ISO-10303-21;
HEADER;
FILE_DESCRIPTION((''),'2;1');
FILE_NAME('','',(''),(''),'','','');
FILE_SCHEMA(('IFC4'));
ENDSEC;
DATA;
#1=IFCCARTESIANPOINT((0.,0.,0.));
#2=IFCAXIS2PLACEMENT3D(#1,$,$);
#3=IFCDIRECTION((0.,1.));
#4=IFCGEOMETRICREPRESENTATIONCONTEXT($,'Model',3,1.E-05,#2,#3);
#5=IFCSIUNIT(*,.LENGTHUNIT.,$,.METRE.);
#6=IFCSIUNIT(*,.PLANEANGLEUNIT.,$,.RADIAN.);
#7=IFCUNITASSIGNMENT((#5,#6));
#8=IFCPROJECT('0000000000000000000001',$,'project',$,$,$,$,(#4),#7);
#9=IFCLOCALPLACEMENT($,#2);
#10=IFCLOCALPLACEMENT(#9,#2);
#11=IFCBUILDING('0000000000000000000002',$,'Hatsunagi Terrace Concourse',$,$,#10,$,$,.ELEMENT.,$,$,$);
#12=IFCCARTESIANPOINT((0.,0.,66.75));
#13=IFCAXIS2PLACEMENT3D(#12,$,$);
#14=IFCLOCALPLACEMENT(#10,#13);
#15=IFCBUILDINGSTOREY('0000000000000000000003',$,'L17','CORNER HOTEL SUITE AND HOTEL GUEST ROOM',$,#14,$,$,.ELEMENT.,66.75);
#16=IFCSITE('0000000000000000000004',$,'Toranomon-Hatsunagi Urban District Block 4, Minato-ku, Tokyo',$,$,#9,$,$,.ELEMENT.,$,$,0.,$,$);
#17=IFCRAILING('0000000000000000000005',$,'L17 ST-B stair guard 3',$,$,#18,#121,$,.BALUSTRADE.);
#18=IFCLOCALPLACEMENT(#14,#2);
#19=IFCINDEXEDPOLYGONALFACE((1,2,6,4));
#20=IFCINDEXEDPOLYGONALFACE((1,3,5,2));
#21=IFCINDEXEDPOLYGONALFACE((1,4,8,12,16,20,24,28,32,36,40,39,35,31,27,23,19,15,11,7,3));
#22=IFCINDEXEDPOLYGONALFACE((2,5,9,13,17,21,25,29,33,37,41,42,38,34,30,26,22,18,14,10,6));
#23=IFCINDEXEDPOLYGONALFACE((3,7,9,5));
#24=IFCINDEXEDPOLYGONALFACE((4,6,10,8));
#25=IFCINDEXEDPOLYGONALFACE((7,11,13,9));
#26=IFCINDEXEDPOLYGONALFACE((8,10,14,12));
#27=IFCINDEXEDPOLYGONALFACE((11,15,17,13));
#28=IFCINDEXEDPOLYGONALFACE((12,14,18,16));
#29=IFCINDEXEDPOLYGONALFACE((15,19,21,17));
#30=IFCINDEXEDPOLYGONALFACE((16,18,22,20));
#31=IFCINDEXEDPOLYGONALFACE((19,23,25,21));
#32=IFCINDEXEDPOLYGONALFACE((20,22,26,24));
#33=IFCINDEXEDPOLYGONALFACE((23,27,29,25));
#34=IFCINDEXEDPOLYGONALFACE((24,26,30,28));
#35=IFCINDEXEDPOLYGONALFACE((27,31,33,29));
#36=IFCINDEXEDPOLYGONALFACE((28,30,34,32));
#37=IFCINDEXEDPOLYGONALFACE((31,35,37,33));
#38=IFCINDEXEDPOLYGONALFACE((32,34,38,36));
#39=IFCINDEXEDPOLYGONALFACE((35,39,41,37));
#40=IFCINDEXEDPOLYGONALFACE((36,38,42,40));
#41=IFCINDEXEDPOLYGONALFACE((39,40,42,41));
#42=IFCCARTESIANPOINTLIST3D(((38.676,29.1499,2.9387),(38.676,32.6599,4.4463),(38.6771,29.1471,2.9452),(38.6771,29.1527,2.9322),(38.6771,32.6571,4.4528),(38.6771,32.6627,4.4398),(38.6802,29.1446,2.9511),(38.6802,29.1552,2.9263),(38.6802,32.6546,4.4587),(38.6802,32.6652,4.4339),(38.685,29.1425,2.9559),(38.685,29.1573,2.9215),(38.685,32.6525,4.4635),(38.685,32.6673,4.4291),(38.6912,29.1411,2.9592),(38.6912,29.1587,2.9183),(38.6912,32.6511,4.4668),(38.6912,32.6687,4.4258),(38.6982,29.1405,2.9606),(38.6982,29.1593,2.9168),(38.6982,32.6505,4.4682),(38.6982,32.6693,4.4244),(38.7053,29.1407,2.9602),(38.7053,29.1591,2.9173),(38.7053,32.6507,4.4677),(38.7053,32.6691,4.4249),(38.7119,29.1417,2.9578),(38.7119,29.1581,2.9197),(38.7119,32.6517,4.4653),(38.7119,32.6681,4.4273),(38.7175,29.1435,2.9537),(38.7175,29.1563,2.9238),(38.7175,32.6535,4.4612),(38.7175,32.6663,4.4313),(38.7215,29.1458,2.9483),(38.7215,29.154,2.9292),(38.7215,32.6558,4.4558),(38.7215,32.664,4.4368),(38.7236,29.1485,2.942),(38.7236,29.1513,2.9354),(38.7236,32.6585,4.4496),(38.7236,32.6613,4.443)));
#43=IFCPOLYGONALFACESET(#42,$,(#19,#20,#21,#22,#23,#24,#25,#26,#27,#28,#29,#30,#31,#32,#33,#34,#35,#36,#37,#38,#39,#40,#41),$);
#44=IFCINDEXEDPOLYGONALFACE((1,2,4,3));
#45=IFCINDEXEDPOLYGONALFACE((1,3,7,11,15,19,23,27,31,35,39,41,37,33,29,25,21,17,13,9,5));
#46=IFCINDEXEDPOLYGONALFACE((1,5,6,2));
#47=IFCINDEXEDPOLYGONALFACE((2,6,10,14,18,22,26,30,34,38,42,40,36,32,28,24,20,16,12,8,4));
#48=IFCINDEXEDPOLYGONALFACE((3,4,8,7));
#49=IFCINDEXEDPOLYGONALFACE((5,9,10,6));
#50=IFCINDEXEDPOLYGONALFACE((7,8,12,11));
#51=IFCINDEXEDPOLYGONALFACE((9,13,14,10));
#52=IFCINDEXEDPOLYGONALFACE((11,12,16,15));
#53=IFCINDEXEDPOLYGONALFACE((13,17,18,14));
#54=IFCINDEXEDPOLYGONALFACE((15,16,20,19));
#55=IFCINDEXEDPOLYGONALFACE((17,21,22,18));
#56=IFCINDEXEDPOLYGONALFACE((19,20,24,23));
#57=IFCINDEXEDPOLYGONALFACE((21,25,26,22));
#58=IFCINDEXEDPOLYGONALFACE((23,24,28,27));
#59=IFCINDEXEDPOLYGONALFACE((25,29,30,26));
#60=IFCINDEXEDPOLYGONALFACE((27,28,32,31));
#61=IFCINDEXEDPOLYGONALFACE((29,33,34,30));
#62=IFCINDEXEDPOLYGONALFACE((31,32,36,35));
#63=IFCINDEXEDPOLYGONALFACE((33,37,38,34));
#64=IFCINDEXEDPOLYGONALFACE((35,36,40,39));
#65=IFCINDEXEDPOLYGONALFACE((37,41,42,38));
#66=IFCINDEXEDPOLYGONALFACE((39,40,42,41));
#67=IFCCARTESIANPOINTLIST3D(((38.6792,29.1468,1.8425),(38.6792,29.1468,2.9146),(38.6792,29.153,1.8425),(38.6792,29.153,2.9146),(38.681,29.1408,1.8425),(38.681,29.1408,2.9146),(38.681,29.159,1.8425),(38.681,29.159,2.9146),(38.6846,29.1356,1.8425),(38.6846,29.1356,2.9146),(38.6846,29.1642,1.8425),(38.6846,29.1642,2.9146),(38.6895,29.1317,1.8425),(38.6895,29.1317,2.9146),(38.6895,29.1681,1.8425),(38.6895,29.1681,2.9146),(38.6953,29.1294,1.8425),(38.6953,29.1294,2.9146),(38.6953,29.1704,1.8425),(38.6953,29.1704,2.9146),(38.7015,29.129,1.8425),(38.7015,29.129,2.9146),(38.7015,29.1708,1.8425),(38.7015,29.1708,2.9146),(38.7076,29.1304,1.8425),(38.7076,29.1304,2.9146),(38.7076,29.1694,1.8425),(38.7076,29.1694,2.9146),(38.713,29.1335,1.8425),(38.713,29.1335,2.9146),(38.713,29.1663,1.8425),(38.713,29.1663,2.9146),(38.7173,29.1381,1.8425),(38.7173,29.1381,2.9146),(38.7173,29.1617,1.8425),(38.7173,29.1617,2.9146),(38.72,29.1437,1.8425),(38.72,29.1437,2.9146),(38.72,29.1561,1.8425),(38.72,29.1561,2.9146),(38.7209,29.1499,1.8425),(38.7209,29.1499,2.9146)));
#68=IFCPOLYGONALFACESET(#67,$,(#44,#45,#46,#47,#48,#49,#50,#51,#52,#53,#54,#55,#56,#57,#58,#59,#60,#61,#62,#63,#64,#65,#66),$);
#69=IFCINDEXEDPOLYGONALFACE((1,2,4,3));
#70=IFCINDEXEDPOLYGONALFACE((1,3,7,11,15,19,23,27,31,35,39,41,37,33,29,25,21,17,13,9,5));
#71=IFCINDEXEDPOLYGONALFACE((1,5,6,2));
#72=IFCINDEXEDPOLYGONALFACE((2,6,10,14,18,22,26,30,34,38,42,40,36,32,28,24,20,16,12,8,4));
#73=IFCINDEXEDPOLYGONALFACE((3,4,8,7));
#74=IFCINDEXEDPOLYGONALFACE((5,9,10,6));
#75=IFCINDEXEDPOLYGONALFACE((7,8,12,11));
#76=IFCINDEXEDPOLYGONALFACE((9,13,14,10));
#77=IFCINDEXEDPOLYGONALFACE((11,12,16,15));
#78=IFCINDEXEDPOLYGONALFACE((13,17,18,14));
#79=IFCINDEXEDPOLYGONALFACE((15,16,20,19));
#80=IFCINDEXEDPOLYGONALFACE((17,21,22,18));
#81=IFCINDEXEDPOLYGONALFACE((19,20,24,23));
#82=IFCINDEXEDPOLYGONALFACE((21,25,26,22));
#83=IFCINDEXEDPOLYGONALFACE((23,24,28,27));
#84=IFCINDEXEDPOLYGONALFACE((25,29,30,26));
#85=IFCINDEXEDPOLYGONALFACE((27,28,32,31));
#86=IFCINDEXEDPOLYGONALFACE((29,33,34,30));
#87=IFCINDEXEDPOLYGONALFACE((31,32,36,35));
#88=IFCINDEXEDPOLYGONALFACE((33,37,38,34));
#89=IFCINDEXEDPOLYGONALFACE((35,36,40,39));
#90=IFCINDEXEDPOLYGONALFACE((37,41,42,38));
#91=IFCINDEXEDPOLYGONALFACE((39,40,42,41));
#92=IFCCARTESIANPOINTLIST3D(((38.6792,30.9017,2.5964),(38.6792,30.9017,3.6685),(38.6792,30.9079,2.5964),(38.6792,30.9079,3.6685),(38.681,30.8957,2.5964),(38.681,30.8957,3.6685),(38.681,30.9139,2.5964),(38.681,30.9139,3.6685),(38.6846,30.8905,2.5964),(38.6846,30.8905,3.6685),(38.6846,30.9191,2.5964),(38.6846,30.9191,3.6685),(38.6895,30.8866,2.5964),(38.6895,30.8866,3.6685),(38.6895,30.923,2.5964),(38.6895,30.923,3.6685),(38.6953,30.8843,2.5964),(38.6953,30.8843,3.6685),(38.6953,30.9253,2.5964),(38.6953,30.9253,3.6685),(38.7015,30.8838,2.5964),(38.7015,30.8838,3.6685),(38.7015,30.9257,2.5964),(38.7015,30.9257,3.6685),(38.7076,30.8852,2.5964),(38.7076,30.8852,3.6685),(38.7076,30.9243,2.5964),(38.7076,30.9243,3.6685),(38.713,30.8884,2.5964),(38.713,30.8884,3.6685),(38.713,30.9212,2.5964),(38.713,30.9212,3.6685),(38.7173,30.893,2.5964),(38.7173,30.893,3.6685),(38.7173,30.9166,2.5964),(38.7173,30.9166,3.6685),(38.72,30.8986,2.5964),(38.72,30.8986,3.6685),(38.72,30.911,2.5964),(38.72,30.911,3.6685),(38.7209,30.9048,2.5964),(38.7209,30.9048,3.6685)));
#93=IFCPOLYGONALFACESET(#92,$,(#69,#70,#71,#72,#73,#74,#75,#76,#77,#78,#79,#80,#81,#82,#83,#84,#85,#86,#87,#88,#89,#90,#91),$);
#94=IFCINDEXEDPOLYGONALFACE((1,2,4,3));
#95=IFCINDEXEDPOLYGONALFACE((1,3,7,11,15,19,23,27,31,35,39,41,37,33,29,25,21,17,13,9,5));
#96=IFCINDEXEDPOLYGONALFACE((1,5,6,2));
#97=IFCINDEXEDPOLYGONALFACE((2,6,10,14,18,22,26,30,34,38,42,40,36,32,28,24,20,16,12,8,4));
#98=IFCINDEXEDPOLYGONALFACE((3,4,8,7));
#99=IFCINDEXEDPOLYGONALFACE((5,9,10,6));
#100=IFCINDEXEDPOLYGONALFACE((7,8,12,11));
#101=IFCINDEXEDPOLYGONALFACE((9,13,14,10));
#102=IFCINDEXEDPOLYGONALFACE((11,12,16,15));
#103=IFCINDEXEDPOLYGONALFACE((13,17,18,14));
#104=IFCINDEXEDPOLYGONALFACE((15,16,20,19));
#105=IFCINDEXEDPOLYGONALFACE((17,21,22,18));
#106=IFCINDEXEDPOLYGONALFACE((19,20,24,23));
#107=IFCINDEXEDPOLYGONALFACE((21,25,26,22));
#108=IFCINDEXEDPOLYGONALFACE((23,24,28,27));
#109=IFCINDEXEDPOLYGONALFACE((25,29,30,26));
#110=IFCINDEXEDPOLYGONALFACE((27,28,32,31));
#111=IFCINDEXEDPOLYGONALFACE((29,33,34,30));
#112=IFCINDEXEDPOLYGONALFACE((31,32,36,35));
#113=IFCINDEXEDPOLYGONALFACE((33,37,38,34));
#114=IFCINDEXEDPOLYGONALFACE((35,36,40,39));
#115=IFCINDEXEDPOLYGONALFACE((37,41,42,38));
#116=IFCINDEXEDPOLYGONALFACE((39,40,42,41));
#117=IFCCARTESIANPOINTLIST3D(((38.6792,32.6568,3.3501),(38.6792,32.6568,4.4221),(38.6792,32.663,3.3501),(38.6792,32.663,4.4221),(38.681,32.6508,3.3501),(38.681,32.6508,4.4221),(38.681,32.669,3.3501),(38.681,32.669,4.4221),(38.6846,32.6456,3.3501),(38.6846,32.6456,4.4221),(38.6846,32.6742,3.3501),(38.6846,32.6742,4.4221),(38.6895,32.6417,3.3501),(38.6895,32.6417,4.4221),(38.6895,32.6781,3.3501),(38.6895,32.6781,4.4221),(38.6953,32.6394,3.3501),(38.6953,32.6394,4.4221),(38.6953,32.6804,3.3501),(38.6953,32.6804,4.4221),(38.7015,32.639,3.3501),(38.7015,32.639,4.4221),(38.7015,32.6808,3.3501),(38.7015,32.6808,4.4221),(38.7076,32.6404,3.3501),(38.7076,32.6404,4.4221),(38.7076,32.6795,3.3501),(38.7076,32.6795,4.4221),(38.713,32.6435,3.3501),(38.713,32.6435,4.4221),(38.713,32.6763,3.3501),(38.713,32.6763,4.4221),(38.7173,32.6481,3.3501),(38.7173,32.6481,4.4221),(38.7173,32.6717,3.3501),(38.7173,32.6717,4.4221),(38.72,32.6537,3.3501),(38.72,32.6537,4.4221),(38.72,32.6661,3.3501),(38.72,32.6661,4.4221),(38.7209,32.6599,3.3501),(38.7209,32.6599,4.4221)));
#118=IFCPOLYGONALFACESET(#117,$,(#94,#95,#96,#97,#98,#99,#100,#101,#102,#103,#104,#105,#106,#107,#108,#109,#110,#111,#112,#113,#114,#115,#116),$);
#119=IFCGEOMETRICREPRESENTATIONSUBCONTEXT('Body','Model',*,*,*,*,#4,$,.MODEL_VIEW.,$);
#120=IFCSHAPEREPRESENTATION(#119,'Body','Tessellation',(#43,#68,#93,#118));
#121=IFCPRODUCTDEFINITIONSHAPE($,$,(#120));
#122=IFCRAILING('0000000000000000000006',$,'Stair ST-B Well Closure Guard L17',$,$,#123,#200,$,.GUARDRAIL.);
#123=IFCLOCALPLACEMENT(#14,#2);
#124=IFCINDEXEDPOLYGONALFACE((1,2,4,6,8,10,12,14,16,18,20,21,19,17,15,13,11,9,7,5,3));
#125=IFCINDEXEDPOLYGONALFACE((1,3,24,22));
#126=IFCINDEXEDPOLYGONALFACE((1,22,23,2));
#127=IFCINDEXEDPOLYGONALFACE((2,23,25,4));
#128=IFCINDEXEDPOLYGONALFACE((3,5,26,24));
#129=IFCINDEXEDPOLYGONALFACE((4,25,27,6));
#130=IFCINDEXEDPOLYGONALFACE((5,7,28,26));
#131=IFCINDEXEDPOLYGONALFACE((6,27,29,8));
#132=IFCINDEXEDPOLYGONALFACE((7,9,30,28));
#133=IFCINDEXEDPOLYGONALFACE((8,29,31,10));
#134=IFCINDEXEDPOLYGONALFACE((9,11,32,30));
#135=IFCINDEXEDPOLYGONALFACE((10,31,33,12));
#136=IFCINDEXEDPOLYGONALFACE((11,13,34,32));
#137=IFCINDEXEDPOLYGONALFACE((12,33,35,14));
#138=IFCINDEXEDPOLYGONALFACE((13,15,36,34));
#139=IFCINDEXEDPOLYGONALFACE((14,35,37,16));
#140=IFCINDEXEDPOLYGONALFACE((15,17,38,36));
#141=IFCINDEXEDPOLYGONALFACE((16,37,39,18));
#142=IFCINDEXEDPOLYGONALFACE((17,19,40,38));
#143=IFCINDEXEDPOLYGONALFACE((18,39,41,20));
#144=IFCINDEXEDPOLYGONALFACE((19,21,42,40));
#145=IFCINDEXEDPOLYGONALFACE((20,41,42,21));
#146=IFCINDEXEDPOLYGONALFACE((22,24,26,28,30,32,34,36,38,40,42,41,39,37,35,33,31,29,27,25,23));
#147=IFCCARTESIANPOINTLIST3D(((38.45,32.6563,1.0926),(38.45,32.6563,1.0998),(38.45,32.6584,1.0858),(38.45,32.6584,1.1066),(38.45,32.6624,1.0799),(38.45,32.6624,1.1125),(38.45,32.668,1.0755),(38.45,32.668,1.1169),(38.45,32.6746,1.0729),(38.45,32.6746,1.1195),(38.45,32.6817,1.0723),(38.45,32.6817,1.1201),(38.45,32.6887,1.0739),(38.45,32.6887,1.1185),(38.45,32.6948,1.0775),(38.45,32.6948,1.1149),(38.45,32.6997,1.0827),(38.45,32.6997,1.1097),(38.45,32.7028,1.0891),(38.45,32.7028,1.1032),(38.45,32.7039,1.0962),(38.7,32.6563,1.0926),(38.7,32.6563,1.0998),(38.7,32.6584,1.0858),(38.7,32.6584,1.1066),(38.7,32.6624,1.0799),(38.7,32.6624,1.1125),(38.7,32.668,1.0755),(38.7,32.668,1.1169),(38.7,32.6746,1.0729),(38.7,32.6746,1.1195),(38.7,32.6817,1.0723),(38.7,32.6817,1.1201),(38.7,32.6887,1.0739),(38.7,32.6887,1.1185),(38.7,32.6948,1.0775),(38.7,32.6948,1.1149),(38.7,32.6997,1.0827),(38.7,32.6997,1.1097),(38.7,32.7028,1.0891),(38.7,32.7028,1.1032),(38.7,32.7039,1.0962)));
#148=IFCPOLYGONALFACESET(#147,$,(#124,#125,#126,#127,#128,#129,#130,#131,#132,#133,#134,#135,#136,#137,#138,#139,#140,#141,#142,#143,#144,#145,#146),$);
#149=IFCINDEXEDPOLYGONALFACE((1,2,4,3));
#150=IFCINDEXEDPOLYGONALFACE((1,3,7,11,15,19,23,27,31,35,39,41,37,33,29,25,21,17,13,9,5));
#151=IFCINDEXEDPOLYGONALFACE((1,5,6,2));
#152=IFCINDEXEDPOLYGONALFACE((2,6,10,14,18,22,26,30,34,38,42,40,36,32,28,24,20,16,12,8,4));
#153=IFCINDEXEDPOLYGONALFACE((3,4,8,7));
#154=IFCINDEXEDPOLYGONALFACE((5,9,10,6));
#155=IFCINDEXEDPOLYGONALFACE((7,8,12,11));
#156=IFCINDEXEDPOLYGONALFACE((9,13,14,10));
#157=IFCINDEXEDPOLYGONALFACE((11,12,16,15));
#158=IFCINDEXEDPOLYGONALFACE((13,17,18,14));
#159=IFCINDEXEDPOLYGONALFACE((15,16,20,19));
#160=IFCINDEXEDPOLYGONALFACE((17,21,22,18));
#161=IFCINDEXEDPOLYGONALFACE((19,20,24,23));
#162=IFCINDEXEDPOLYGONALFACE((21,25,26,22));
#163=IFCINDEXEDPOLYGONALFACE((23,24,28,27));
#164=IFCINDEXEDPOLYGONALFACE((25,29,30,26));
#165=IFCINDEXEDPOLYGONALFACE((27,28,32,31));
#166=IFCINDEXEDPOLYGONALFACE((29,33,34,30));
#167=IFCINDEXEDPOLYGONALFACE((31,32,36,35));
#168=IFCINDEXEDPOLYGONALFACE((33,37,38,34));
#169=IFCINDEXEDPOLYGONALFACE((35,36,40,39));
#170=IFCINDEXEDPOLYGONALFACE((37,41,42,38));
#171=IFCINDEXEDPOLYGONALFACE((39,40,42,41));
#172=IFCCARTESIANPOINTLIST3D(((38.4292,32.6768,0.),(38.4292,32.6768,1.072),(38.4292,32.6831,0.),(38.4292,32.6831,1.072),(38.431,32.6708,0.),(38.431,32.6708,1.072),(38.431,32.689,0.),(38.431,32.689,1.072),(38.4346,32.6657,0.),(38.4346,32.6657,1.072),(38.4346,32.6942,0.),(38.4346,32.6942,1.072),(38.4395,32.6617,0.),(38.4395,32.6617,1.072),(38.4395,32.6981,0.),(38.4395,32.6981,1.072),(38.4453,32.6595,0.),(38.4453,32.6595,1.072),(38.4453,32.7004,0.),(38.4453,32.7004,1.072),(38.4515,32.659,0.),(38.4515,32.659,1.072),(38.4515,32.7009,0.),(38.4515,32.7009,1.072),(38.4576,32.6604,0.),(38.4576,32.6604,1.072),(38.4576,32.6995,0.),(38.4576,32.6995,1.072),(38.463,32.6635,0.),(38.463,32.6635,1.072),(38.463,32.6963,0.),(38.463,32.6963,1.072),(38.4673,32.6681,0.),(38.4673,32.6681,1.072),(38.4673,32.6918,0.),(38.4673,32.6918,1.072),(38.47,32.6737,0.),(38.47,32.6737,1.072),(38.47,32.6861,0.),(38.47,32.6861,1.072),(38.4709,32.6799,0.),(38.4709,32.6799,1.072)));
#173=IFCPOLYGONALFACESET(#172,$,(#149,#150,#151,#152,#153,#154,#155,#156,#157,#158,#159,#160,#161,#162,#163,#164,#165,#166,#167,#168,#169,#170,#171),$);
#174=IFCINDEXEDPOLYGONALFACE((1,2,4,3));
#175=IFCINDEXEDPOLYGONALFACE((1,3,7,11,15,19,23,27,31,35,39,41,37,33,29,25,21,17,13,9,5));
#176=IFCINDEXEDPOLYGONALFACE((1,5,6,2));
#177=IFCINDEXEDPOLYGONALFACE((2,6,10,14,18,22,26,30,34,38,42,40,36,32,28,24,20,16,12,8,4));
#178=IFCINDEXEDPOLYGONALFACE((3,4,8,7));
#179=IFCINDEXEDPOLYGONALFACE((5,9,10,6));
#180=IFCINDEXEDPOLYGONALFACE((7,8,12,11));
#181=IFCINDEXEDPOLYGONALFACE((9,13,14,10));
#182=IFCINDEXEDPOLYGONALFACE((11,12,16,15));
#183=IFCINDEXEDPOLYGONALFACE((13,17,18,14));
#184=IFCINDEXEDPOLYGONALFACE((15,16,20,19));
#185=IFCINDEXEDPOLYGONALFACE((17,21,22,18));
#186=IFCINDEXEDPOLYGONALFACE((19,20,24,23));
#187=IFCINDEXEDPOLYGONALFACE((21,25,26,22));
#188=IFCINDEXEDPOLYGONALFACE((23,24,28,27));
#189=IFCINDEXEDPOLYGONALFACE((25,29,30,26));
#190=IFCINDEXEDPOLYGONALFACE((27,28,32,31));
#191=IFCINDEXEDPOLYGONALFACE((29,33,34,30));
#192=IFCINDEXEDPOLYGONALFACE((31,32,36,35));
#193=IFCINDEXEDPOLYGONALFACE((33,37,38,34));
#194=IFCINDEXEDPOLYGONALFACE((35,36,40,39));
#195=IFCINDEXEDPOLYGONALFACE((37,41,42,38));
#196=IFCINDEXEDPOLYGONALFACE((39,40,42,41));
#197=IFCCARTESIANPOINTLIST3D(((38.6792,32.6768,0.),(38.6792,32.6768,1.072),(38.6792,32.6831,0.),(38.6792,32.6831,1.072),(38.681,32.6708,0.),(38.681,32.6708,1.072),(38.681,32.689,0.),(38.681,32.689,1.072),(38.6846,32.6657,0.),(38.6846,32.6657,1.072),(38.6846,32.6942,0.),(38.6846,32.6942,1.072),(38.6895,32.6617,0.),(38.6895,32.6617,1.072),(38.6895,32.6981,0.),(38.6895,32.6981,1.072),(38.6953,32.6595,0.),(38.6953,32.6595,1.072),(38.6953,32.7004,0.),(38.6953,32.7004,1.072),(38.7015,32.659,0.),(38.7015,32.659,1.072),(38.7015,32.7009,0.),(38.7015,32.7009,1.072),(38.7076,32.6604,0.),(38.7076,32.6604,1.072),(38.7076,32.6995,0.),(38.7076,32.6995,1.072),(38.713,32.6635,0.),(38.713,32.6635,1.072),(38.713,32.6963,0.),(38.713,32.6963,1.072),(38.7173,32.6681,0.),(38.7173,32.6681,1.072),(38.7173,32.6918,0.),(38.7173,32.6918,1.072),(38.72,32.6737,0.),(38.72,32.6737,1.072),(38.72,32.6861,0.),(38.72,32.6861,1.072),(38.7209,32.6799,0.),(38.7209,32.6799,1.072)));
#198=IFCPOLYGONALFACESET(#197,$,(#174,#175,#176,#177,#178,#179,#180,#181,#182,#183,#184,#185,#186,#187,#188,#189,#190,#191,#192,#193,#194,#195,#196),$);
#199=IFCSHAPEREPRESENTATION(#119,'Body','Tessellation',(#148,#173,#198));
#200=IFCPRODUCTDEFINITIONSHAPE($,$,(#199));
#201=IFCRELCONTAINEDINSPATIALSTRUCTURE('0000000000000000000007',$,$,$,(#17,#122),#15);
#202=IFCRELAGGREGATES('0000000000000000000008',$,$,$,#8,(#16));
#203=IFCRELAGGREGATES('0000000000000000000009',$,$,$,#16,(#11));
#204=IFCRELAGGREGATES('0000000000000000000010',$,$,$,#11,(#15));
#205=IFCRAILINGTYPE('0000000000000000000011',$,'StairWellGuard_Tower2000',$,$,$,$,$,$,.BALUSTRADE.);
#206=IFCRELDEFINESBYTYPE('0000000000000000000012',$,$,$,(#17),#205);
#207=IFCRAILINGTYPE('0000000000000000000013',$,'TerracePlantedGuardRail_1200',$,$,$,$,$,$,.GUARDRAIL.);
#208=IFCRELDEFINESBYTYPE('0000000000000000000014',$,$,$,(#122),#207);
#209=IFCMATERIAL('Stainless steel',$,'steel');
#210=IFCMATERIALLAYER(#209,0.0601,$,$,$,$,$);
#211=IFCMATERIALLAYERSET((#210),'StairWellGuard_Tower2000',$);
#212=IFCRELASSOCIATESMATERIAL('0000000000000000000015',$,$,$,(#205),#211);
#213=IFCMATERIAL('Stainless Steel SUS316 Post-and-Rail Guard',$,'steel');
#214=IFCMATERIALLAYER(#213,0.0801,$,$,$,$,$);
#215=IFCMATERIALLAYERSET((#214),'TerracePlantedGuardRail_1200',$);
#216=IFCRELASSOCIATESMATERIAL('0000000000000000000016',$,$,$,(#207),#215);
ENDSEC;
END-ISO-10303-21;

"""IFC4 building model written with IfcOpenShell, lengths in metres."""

from ifc_helpers import new_model, si_unit, direction, frame, origin, origin_2d, place, context, subcontext, project, spatial, circle, extrude, material, layer, layer_set, type_object, element, save


model = new_model("IFC4")

# Units and contexts
model_context = context("Model", 3, precision=1e-05, world=origin(), true_north=direction((0.0, 1.0)))
body_context = subcontext(model_context, "Body", "Model", "MODEL_VIEW")
ifc_project = project(units=[si_unit("LENGTHUNIT", "METRE"), si_unit("PLANEANGLEUNIT", "RADIAN")], contexts=[model_context])

# Site, building, storey
site_placement = place(None, origin())
site = spatial("IfcSite", under=ifc_project, at=site_placement, Name="Toranomon-Hatsunagi Urban District Block 4, Minato-ku, Tokyo", CompositionType="ELEMENT", RefElevation=0.0)
building_placement = place(site_placement, origin())
building = spatial("IfcBuilding", under=site, at=building_placement, Name="Hatsunagi Terrace Concourse", CompositionType="ELEMENT")
storey_placement = place(building_placement, frame((0.0, 0.0, 66.75)))
storey = spatial("IfcBuildingStorey", under=building, at=storey_placement, Name="L17", Description="CORNER HOTEL SUITE AND HOTEL GUEST ROOM", CompositionType="ELEMENT", Elevation=66.75)

# Railings
ifc_material_1 = material(Name="Stainless steel", Category="steel")
ifc_layer_1 = layer(ifc_material_1, 0.0601)
ifc_layer_set_1 = layer_set([ifc_layer_1], Name="StairWellGuard_Tower2000")
railing_type_1 = type_object("IfcRailingType", Name="StairWellGuard_Tower2000", PredefinedType="BALUSTRADE", material=ifc_layer_set_1)
railing_1_placement = place(storey_placement, frame((38.7, 29.1499, 1.8425)))
element("IfcRailing", 1, at=railing_1_placement, inside=storey, type_object=railing_type_1, Name="L17 ST-B stair guard 3", PredefinedType="BALUSTRADE", context=body_context, shape_type="SweptSolid", body=[
    extrude(circle(Radius=0.0239, at=origin_2d()), frame((0.0, 0.0, 1.0962), z_axis=(0.0, 0.918834, 0.394644), x_axis=(-1.0, 0.0, 0.0)), (0.0, 0.0, 1.0), 3.8201),
    extrude(circle(Radius=0.021, at=origin_2d()), origin(), (0.0, 0.0, 1.0), 1.072),
    extrude(circle(Radius=0.021, at=origin_2d()), frame((0.0, 1.7549, 0.7539)), (0.0, 0.0, 1.0), 1.072),
    extrude(circle(Radius=0.021, at=origin_2d()), frame((0.0, 3.51, 1.5076)), (0.0, 0.0, 1.0), 1.072),
])
ifc_material_2 = material(Name="Stainless Steel SUS316 Post-and-Rail Guard", Category="steel")
ifc_layer_2 = layer(ifc_material_2, 0.0801)
ifc_layer_set_2 = layer_set([ifc_layer_2], Name="TerracePlantedGuardRail_1200")
railing_type_2 = type_object("IfcRailingType", Name="TerracePlantedGuardRail_1200", PredefinedType="GUARDRAIL", material=ifc_layer_set_2)
railing_2_placement = place(storey_placement, frame((38.45, 32.6799, 0.0)))
element("IfcRailing", 2, at=railing_2_placement, inside=storey, type_object=railing_type_2, Name="Stair ST-B Well Closure Guard L17", PredefinedType="GUARDRAIL", context=body_context, shape_type="SweptSolid", body=[
    extrude(circle(Radius=0.0239, at=origin_2d()), frame((0.0, 0.0, 1.0962), z_axis=(1.0, 0.0, 0.0), x_axis=(0.0, 1.0, 0.0)), (0.0, 0.0, 1.0), 0.25),
    extrude(circle(Radius=0.021, at=origin_2d()), origin(), (0.0, 0.0, 1.0), 1.072),
    extrude(circle(Radius=0.021, at=origin_2d()), frame((0.25, 0.0, 0.0)), (0.0, 0.0, 1.0), 1.072),
])

save(model, "model.ifc")
